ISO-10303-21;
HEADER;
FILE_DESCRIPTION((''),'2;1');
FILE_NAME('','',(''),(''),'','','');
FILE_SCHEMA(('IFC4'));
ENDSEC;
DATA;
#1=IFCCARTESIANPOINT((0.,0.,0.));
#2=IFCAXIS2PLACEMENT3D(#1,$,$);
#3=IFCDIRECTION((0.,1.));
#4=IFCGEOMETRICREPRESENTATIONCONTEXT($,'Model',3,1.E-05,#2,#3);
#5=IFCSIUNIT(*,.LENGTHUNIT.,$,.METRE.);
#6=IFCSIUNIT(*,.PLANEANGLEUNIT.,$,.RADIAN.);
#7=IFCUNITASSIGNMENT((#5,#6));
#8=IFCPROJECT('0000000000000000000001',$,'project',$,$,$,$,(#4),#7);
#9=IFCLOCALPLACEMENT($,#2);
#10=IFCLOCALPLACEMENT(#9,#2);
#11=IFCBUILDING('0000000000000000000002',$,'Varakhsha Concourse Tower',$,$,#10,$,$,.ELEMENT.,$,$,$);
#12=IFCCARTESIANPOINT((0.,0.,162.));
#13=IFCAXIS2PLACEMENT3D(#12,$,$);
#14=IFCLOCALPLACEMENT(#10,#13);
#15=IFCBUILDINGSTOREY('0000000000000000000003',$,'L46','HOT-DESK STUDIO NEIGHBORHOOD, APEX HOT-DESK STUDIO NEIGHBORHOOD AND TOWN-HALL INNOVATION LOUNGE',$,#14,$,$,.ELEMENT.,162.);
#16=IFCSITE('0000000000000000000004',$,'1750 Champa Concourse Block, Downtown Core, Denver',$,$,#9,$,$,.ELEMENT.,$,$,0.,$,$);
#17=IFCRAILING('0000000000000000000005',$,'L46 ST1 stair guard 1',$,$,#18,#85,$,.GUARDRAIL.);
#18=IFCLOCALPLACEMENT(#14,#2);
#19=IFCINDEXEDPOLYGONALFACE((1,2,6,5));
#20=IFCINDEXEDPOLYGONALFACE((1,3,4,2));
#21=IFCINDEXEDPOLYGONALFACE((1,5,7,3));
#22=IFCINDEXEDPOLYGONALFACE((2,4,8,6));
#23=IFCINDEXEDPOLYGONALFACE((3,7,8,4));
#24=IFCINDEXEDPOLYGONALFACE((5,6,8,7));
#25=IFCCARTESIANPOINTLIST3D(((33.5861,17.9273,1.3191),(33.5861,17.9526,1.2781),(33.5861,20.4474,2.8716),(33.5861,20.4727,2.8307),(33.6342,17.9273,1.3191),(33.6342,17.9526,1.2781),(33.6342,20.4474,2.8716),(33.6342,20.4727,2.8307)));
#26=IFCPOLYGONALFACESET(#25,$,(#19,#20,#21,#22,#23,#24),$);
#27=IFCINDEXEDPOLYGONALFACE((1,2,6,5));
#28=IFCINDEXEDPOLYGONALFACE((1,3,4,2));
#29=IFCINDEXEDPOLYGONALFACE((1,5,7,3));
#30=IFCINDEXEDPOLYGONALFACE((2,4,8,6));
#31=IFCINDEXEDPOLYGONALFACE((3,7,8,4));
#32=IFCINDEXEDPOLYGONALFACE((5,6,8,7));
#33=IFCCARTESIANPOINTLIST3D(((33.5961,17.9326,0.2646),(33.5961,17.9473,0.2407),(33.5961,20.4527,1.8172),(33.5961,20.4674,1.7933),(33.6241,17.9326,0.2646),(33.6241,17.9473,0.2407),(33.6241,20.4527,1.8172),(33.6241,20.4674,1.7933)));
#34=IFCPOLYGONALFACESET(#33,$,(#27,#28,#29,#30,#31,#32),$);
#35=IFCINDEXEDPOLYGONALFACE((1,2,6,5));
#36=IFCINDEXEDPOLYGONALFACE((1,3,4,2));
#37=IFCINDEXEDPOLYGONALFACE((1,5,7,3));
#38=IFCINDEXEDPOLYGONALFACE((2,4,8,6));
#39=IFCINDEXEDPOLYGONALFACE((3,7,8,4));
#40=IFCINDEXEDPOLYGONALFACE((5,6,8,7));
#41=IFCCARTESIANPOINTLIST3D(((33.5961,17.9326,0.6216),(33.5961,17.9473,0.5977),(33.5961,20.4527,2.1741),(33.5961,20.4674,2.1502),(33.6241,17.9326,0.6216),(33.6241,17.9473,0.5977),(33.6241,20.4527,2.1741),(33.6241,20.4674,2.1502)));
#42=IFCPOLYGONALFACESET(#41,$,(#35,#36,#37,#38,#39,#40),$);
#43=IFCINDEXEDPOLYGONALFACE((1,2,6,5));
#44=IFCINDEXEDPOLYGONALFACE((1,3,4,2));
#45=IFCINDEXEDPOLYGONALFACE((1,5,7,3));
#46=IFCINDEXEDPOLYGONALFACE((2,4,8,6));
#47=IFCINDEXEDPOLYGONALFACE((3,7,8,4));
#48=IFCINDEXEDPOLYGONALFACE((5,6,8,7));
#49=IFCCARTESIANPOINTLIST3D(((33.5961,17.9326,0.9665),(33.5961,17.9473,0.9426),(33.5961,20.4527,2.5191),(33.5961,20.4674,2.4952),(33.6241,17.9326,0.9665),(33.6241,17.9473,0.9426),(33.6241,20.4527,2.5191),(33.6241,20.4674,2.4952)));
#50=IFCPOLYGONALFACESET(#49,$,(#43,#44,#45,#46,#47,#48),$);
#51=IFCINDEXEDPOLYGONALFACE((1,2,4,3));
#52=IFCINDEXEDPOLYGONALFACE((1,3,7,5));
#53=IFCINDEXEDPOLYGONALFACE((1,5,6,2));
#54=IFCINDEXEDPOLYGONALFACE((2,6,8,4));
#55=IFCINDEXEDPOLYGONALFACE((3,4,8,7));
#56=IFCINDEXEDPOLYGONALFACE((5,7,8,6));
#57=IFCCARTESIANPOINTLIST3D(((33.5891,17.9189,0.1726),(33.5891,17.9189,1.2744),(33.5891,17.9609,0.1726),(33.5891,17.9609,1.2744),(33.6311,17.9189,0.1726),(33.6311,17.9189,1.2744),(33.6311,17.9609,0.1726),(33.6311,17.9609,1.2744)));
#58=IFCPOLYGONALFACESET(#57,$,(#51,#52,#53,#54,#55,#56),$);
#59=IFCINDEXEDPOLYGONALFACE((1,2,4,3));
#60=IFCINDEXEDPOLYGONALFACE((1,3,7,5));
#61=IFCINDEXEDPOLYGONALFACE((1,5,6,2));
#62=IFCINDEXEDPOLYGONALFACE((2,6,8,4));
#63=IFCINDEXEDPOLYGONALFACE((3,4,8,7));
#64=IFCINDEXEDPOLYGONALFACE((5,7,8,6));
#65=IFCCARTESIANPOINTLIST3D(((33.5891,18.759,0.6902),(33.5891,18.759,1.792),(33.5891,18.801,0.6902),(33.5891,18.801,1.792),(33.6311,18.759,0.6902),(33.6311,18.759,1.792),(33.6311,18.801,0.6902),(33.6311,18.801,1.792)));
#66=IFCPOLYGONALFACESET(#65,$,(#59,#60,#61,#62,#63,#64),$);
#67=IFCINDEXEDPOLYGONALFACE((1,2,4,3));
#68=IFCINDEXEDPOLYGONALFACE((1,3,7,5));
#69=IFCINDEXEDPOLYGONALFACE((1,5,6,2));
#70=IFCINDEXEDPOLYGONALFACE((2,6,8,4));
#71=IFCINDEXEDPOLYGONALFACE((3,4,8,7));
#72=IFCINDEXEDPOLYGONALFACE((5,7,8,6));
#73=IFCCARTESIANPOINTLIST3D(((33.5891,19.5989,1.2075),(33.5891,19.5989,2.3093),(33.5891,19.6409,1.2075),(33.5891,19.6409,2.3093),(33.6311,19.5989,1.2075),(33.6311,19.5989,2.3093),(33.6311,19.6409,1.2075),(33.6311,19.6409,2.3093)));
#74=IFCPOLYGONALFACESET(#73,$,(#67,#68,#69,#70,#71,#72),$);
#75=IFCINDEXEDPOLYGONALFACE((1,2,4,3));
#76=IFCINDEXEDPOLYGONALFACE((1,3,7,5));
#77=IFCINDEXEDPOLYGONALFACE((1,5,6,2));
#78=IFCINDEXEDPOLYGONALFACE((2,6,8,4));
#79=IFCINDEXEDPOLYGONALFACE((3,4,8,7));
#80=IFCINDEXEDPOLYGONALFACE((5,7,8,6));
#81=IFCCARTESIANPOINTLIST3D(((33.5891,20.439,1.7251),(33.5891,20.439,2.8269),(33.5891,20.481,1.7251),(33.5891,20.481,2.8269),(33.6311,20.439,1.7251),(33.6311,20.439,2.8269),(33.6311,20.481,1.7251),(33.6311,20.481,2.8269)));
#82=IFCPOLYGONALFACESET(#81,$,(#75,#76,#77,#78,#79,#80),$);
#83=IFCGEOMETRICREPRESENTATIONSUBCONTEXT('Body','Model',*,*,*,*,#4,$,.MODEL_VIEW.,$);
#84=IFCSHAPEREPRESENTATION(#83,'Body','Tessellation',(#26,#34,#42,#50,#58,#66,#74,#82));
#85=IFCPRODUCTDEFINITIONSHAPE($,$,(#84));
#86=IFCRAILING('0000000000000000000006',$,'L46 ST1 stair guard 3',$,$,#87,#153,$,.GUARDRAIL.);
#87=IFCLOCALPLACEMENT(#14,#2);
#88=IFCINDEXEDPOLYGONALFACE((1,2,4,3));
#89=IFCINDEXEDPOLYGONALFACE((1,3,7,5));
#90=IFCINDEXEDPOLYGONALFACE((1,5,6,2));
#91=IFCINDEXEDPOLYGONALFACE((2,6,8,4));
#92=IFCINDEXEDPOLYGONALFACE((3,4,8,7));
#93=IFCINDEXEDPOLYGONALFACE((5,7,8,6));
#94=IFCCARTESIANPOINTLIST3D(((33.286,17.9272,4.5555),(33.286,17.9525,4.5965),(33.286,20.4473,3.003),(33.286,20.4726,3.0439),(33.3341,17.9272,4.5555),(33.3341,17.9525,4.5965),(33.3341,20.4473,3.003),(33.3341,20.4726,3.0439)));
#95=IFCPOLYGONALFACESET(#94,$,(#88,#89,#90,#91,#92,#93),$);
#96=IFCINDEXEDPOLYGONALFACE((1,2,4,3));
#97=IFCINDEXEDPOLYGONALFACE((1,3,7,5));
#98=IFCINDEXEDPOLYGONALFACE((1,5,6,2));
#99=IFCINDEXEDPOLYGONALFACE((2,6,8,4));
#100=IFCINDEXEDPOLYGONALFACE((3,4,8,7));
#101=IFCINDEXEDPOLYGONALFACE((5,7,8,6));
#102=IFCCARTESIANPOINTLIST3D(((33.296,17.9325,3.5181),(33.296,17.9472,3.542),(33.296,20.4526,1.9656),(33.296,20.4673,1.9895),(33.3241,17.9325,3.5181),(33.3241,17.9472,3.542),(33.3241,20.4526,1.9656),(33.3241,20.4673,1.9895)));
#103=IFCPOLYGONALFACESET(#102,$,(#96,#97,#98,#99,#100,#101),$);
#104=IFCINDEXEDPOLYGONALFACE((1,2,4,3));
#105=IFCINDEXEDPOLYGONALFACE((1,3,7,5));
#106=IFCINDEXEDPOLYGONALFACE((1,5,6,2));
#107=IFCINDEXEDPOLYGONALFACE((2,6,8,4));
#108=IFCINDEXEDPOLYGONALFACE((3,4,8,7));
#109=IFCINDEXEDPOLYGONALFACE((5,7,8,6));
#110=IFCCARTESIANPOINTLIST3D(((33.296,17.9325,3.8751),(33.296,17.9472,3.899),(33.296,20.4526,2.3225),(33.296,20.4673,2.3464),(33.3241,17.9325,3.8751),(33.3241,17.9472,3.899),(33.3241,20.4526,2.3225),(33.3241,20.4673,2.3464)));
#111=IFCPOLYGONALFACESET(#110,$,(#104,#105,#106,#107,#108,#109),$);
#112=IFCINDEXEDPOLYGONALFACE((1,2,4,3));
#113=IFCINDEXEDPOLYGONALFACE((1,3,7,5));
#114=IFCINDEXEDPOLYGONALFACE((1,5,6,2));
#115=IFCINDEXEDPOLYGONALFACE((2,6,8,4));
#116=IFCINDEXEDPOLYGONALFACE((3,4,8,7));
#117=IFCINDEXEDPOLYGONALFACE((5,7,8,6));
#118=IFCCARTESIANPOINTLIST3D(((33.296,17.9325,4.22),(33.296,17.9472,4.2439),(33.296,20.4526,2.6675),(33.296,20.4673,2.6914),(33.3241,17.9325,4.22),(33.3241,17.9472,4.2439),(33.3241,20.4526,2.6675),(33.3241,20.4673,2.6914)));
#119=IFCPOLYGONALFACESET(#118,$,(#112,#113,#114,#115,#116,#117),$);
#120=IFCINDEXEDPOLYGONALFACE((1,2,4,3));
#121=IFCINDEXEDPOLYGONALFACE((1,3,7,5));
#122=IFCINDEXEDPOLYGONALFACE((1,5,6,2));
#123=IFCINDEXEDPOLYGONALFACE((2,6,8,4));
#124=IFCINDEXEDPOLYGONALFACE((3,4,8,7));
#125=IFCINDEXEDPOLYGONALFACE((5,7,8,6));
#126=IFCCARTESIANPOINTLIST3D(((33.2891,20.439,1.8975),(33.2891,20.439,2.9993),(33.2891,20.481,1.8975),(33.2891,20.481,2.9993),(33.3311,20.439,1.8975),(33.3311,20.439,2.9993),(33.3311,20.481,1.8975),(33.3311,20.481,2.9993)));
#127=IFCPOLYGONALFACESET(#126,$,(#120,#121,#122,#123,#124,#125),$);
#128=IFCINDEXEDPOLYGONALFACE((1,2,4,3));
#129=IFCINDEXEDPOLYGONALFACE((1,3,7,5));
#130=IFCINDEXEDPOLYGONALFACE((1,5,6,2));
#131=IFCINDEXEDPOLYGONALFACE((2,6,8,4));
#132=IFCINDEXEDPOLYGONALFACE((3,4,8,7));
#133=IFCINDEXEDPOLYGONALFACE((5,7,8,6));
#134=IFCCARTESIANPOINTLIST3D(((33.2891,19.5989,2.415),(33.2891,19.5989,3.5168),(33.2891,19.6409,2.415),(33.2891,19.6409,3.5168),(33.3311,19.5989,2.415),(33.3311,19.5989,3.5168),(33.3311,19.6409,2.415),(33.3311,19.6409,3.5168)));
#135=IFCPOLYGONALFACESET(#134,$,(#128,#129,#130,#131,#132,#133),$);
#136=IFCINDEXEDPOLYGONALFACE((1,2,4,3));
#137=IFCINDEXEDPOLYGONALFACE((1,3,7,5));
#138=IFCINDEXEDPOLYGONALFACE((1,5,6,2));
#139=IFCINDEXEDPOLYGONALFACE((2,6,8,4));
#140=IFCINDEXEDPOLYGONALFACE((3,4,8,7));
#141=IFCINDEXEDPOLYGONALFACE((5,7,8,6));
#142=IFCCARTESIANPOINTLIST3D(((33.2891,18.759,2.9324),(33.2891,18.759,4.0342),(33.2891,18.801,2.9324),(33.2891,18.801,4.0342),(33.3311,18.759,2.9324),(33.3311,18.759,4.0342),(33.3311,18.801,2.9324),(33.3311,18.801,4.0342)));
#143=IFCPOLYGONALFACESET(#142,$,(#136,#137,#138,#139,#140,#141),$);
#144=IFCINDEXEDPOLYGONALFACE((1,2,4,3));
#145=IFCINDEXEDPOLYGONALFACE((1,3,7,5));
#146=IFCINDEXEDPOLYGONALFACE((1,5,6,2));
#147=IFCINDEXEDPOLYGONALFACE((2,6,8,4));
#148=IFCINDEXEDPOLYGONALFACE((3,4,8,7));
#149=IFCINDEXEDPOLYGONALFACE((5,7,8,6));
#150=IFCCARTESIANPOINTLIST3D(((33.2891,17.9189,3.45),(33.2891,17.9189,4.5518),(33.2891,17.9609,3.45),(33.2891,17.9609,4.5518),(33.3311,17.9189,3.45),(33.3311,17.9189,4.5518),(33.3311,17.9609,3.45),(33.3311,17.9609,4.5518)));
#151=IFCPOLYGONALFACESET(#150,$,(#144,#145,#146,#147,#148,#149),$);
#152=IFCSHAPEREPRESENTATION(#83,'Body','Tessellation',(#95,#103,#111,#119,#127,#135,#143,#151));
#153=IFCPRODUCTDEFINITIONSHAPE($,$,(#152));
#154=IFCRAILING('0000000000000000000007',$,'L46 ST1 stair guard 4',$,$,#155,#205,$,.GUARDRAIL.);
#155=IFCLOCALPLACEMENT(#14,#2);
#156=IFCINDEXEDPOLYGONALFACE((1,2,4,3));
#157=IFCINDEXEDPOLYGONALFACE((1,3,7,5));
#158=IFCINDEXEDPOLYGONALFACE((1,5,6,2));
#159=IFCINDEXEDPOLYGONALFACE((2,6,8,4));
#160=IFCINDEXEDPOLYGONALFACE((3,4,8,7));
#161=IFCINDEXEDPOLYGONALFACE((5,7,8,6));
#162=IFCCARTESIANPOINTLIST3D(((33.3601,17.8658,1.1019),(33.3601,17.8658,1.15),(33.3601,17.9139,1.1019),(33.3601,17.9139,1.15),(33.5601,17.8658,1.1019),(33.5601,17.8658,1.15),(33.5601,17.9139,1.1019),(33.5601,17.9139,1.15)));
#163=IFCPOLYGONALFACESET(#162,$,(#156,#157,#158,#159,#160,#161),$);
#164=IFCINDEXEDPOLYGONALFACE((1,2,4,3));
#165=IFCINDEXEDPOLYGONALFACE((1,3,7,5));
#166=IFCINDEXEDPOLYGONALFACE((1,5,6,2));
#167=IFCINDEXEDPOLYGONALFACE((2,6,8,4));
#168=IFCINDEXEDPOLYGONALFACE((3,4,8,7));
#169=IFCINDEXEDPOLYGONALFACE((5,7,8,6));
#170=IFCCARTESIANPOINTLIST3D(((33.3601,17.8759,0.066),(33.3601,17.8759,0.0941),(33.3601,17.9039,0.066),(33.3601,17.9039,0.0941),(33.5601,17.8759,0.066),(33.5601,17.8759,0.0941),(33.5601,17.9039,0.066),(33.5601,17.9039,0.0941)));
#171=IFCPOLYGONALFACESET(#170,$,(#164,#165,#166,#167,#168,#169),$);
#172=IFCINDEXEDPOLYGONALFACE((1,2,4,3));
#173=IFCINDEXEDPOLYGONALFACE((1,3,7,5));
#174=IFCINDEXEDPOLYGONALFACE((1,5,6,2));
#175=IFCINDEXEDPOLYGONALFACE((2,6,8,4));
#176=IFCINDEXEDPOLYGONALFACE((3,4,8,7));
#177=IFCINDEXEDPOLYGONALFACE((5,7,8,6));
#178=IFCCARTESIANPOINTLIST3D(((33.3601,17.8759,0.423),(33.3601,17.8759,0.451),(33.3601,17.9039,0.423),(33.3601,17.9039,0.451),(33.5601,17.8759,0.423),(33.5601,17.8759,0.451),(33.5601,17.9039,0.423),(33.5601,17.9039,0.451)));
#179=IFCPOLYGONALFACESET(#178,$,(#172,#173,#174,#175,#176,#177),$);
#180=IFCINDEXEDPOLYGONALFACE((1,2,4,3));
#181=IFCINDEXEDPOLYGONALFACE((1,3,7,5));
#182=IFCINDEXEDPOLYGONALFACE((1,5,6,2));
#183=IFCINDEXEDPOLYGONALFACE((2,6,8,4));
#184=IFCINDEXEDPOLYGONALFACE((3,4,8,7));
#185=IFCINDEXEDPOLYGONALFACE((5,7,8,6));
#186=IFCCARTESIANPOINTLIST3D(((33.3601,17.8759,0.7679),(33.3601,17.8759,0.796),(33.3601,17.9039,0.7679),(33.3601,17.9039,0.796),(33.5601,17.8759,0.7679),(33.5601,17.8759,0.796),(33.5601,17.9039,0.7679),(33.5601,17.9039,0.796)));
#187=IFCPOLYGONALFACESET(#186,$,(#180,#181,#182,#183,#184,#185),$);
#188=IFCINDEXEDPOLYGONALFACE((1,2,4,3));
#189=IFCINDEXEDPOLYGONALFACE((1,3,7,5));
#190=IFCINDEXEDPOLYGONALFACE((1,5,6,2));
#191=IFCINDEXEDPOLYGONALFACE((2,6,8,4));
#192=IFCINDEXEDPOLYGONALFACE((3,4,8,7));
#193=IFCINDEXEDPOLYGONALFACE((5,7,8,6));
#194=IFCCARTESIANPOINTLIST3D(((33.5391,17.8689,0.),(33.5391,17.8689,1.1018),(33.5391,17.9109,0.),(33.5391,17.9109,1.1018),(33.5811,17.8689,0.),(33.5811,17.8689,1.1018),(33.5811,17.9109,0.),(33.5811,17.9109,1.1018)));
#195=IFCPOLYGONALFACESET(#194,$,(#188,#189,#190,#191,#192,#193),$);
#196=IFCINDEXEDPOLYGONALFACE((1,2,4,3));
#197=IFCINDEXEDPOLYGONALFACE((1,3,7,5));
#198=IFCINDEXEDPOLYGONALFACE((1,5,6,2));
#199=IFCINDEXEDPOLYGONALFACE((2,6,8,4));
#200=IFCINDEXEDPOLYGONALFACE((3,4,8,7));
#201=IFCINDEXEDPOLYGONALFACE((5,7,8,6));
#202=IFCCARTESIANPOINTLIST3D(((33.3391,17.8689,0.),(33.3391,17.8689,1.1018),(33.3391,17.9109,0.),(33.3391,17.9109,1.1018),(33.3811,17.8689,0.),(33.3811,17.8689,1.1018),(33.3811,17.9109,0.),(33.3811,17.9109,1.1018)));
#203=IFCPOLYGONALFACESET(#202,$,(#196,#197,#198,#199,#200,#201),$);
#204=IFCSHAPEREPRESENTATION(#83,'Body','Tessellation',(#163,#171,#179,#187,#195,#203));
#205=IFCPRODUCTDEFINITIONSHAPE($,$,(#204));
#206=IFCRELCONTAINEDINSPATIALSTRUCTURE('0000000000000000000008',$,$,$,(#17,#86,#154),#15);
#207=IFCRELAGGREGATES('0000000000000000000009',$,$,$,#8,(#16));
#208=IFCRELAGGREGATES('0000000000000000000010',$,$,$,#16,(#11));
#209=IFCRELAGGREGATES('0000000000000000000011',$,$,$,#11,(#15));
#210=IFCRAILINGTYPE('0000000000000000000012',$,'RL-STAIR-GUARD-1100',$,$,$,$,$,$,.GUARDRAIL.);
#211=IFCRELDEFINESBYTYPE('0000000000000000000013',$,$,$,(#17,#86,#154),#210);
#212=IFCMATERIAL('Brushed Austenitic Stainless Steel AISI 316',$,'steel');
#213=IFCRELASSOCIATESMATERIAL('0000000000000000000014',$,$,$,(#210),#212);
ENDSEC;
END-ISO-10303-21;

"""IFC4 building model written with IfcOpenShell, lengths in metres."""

from ifc_helpers import new_model, si_unit, direction, frame, origin, origin_2d, place, context, subcontext, project, spatial, rectangle, extrude, material, type_object, element, save


model = new_model("IFC4")

# Units and contexts
model_context = context("Model", 3, precision=1e-05, world=origin(), true_north=direction((0.0, 1.0)))
body_context = subcontext(model_context, "Body", "Model", "MODEL_VIEW")
ifc_project = project(units=[si_unit("LENGTHUNIT", "METRE"), si_unit("PLANEANGLEUNIT", "RADIAN")], contexts=[model_context])

# Site, building, storey
site_placement = place(None, origin())
site = spatial("IfcSite", under=ifc_project, at=site_placement, Name="1750 Champa Concourse Block, Downtown Core, Denver", CompositionType="ELEMENT", RefElevation=0.0)
building_placement = place(site_placement, origin())
building = spatial("IfcBuilding", under=site, at=building_placement, Name="Varakhsha Concourse Tower", CompositionType="ELEMENT")
storey_placement = place(building_placement, frame((0.0, 0.0, 162.0)))
storey = spatial("IfcBuildingStorey", under=building, at=storey_placement, Name="L46", Description="HOT-DESK STUDIO NEIGHBORHOOD, APEX HOT-DESK STUDIO NEIGHBORHOOD AND TOWN-HALL INNOVATION LOUNGE", CompositionType="ELEMENT", Elevation=162.0)

# Railings
ifc_material_1 = material(Name="Brushed Austenitic Stainless Steel AISI 316", Category="steel")
railing_type_1 = type_object("IfcRailingType", Name="RL-STAIR-GUARD-1100", PredefinedType="GUARDRAIL", material=ifc_material_1)
railing_1_placement = place(storey_placement, frame((33.6101, 17.9399, 0.1726)))
element("IfcRailing", 1, at=railing_1_placement, inside=storey, type_object=railing_type_1, Name="L46 ST1 stair guard 1", PredefinedType="GUARDRAIL", context=body_context, shape_type="SweptSolid", body=[
    extrude(rectangle(XDim=0.0481, YDim=0.0481, at=origin_2d()), frame((0.0, 0.0, 1.126), z_axis=(0.0, 0.8514, 0.524516), x_axis=(-1.0, 0.0, 0.0)), (0.0, 0.0, 1.0), 2.96),
    extrude(rectangle(XDim=0.0281, YDim=0.0281, at=origin_2d()), frame((0.0, 0.0, 0.0801), z_axis=(0.0, 0.8514, 0.524516), x_axis=(-1.0, 0.0, 0.0)), (0.0, 0.0, 1.0), 2.96),
    extrude(rectangle(XDim=0.0281, YDim=0.0281, at=origin_2d()), frame((0.0, 0.0, 0.437), z_axis=(0.0, 0.8514, 0.524516), x_axis=(-1.0, 0.0, 0.0)), (0.0, 0.0, 1.0), 2.96),
    extrude(rectangle(XDim=0.0281, YDim=0.0281, at=origin_2d()), frame((0.0, 0.0, 0.782), z_axis=(0.0, 0.8514, 0.524516), x_axis=(-1.0, 0.0, 0.0)), (0.0, 0.0, 1.0), 2.96),
    extrude(rectangle(XDim=0.042, YDim=0.042, at=origin_2d()), origin(), (0.0, 0.0, 1.0), 1.1018),
    extrude(rectangle(XDim=0.042, YDim=0.042, at=origin_2d()), frame((0.0, 0.8401, 0.5176)), (0.0, 0.0, 1.0), 1.1018),
    extrude(rectangle(XDim=0.042, YDim=0.042, at=origin_2d()), frame((0.0, 1.6799, 1.0349)), (0.0, 0.0, 1.0), 1.1018),
    extrude(rectangle(XDim=0.042, YDim=0.042, at=origin_2d()), frame((0.0, 2.52, 1.5525)), (0.0, 0.0, 1.0), 1.1018),
])
railing_2_placement = place(storey_placement, frame((33.3101, 20.46, 1.8975)))
element("IfcRailing", 2, at=railing_2_placement, inside=storey, type_object=railing_type_1, Name="L46 ST1 stair guard 3", PredefinedType="GUARDRAIL", context=body_context, shape_type="SweptSolid", body=[
    extrude(rectangle(XDim=0.0481, YDim=0.0481, at=origin_2d()), frame((0.0, 0.0, 1.126), z_axis=(0.0, -0.8514, 0.524516), x_axis=(1.0, 0.0, 0.0)), (0.0, 0.0, 1.0), 2.96),
    extrude(rectangle(XDim=0.0281, YDim=0.0281, at=origin_2d()), frame((0.0, 0.0, 0.0801), z_axis=(0.0, -0.8514, 0.524516), x_axis=(1.0, 0.0, 0.0)), (0.0, 0.0, 1.0), 2.96),
    extrude(rectangle(XDim=0.0281, YDim=0.0281, at=origin_2d()), frame((0.0, 0.0, 0.437), z_axis=(0.0, -0.8514, 0.524516), x_axis=(1.0, 0.0, 0.0)), (0.0, 0.0, 1.0), 2.96),
    extrude(rectangle(XDim=0.0281, YDim=0.0281, at=origin_2d()), frame((0.0, 0.0, 0.782), z_axis=(0.0, -0.8514, 0.524516), x_axis=(1.0, 0.0, 0.0)), (0.0, 0.0, 1.0), 2.96),
    extrude(rectangle(XDim=0.042, YDim=0.042, at=origin_2d()), origin(), (0.0, 0.0, 1.0), 1.1018),
    extrude(rectangle(XDim=0.042, YDim=0.042, at=origin_2d()), frame((0.0, -0.8401, 0.5176)), (0.0, 0.0, 1.0), 1.1018),
    extrude(rectangle(XDim=0.042, YDim=0.042, at=origin_2d()), frame((0.0, -1.6799, 1.0349)), (0.0, 0.0, 1.0), 1.1018),
    extrude(rectangle(XDim=0.042, YDim=0.042, at=origin_2d()), frame((0.0, -2.52, 1.5525)), (0.0, 0.0, 1.0), 1.1018),
])
railing_3_placement = place(storey_placement, frame((33.5601, 17.8899, 0.0)))
element("IfcRailing", 3, at=railing_3_placement, inside=storey, type_object=railing_type_1, Name="L46 ST1 stair guard 4", PredefinedType="GUARDRAIL", context=body_context, shape_type="SweptSolid", body=[
    extrude(rectangle(XDim=0.0481, YDim=0.0481, at=origin_2d()), frame((0.0, 0.0, 1.126), z_axis=(-1.0, 0.0, 0.0), x_axis=(0.0, -1.0, 0.0)), (0.0, 0.0, 1.0), 0.2),
    extrude(rectangle(XDim=0.0281, YDim=0.0281, at=origin_2d()), frame((0.0, 0.0, 0.0801), z_axis=(-1.0, 0.0, 0.0), x_axis=(0.0, -1.0, 0.0)), (0.0, 0.0, 1.0), 0.2),
    extrude(rectangle(XDim=0.0281, YDim=0.0281, at=origin_2d()), frame((0.0, 0.0, 0.437), z_axis=(-1.0, 0.0, 0.0), x_axis=(0.0, -1.0, 0.0)), (0.0, 0.0, 1.0), 0.2),
    extrude(rectangle(XDim=0.0281, YDim=0.0281, at=origin_2d()), frame((0.0, 0.0, 0.782), z_axis=(-1.0, 0.0, 0.0), x_axis=(0.0, -1.0, 0.0)), (0.0, 0.0, 1.0), 0.2),
    extrude(rectangle(XDim=0.042, YDim=0.042, at=origin_2d()), origin(), (0.0, 0.0, 1.0), 1.1018),
    extrude(rectangle(XDim=0.042, YDim=0.042, at=origin_2d()), frame((-0.2, 0.0, 0.0)), (0.0, 0.0, 1.0), 1.1018),
])

save(model, "model.ifc")
